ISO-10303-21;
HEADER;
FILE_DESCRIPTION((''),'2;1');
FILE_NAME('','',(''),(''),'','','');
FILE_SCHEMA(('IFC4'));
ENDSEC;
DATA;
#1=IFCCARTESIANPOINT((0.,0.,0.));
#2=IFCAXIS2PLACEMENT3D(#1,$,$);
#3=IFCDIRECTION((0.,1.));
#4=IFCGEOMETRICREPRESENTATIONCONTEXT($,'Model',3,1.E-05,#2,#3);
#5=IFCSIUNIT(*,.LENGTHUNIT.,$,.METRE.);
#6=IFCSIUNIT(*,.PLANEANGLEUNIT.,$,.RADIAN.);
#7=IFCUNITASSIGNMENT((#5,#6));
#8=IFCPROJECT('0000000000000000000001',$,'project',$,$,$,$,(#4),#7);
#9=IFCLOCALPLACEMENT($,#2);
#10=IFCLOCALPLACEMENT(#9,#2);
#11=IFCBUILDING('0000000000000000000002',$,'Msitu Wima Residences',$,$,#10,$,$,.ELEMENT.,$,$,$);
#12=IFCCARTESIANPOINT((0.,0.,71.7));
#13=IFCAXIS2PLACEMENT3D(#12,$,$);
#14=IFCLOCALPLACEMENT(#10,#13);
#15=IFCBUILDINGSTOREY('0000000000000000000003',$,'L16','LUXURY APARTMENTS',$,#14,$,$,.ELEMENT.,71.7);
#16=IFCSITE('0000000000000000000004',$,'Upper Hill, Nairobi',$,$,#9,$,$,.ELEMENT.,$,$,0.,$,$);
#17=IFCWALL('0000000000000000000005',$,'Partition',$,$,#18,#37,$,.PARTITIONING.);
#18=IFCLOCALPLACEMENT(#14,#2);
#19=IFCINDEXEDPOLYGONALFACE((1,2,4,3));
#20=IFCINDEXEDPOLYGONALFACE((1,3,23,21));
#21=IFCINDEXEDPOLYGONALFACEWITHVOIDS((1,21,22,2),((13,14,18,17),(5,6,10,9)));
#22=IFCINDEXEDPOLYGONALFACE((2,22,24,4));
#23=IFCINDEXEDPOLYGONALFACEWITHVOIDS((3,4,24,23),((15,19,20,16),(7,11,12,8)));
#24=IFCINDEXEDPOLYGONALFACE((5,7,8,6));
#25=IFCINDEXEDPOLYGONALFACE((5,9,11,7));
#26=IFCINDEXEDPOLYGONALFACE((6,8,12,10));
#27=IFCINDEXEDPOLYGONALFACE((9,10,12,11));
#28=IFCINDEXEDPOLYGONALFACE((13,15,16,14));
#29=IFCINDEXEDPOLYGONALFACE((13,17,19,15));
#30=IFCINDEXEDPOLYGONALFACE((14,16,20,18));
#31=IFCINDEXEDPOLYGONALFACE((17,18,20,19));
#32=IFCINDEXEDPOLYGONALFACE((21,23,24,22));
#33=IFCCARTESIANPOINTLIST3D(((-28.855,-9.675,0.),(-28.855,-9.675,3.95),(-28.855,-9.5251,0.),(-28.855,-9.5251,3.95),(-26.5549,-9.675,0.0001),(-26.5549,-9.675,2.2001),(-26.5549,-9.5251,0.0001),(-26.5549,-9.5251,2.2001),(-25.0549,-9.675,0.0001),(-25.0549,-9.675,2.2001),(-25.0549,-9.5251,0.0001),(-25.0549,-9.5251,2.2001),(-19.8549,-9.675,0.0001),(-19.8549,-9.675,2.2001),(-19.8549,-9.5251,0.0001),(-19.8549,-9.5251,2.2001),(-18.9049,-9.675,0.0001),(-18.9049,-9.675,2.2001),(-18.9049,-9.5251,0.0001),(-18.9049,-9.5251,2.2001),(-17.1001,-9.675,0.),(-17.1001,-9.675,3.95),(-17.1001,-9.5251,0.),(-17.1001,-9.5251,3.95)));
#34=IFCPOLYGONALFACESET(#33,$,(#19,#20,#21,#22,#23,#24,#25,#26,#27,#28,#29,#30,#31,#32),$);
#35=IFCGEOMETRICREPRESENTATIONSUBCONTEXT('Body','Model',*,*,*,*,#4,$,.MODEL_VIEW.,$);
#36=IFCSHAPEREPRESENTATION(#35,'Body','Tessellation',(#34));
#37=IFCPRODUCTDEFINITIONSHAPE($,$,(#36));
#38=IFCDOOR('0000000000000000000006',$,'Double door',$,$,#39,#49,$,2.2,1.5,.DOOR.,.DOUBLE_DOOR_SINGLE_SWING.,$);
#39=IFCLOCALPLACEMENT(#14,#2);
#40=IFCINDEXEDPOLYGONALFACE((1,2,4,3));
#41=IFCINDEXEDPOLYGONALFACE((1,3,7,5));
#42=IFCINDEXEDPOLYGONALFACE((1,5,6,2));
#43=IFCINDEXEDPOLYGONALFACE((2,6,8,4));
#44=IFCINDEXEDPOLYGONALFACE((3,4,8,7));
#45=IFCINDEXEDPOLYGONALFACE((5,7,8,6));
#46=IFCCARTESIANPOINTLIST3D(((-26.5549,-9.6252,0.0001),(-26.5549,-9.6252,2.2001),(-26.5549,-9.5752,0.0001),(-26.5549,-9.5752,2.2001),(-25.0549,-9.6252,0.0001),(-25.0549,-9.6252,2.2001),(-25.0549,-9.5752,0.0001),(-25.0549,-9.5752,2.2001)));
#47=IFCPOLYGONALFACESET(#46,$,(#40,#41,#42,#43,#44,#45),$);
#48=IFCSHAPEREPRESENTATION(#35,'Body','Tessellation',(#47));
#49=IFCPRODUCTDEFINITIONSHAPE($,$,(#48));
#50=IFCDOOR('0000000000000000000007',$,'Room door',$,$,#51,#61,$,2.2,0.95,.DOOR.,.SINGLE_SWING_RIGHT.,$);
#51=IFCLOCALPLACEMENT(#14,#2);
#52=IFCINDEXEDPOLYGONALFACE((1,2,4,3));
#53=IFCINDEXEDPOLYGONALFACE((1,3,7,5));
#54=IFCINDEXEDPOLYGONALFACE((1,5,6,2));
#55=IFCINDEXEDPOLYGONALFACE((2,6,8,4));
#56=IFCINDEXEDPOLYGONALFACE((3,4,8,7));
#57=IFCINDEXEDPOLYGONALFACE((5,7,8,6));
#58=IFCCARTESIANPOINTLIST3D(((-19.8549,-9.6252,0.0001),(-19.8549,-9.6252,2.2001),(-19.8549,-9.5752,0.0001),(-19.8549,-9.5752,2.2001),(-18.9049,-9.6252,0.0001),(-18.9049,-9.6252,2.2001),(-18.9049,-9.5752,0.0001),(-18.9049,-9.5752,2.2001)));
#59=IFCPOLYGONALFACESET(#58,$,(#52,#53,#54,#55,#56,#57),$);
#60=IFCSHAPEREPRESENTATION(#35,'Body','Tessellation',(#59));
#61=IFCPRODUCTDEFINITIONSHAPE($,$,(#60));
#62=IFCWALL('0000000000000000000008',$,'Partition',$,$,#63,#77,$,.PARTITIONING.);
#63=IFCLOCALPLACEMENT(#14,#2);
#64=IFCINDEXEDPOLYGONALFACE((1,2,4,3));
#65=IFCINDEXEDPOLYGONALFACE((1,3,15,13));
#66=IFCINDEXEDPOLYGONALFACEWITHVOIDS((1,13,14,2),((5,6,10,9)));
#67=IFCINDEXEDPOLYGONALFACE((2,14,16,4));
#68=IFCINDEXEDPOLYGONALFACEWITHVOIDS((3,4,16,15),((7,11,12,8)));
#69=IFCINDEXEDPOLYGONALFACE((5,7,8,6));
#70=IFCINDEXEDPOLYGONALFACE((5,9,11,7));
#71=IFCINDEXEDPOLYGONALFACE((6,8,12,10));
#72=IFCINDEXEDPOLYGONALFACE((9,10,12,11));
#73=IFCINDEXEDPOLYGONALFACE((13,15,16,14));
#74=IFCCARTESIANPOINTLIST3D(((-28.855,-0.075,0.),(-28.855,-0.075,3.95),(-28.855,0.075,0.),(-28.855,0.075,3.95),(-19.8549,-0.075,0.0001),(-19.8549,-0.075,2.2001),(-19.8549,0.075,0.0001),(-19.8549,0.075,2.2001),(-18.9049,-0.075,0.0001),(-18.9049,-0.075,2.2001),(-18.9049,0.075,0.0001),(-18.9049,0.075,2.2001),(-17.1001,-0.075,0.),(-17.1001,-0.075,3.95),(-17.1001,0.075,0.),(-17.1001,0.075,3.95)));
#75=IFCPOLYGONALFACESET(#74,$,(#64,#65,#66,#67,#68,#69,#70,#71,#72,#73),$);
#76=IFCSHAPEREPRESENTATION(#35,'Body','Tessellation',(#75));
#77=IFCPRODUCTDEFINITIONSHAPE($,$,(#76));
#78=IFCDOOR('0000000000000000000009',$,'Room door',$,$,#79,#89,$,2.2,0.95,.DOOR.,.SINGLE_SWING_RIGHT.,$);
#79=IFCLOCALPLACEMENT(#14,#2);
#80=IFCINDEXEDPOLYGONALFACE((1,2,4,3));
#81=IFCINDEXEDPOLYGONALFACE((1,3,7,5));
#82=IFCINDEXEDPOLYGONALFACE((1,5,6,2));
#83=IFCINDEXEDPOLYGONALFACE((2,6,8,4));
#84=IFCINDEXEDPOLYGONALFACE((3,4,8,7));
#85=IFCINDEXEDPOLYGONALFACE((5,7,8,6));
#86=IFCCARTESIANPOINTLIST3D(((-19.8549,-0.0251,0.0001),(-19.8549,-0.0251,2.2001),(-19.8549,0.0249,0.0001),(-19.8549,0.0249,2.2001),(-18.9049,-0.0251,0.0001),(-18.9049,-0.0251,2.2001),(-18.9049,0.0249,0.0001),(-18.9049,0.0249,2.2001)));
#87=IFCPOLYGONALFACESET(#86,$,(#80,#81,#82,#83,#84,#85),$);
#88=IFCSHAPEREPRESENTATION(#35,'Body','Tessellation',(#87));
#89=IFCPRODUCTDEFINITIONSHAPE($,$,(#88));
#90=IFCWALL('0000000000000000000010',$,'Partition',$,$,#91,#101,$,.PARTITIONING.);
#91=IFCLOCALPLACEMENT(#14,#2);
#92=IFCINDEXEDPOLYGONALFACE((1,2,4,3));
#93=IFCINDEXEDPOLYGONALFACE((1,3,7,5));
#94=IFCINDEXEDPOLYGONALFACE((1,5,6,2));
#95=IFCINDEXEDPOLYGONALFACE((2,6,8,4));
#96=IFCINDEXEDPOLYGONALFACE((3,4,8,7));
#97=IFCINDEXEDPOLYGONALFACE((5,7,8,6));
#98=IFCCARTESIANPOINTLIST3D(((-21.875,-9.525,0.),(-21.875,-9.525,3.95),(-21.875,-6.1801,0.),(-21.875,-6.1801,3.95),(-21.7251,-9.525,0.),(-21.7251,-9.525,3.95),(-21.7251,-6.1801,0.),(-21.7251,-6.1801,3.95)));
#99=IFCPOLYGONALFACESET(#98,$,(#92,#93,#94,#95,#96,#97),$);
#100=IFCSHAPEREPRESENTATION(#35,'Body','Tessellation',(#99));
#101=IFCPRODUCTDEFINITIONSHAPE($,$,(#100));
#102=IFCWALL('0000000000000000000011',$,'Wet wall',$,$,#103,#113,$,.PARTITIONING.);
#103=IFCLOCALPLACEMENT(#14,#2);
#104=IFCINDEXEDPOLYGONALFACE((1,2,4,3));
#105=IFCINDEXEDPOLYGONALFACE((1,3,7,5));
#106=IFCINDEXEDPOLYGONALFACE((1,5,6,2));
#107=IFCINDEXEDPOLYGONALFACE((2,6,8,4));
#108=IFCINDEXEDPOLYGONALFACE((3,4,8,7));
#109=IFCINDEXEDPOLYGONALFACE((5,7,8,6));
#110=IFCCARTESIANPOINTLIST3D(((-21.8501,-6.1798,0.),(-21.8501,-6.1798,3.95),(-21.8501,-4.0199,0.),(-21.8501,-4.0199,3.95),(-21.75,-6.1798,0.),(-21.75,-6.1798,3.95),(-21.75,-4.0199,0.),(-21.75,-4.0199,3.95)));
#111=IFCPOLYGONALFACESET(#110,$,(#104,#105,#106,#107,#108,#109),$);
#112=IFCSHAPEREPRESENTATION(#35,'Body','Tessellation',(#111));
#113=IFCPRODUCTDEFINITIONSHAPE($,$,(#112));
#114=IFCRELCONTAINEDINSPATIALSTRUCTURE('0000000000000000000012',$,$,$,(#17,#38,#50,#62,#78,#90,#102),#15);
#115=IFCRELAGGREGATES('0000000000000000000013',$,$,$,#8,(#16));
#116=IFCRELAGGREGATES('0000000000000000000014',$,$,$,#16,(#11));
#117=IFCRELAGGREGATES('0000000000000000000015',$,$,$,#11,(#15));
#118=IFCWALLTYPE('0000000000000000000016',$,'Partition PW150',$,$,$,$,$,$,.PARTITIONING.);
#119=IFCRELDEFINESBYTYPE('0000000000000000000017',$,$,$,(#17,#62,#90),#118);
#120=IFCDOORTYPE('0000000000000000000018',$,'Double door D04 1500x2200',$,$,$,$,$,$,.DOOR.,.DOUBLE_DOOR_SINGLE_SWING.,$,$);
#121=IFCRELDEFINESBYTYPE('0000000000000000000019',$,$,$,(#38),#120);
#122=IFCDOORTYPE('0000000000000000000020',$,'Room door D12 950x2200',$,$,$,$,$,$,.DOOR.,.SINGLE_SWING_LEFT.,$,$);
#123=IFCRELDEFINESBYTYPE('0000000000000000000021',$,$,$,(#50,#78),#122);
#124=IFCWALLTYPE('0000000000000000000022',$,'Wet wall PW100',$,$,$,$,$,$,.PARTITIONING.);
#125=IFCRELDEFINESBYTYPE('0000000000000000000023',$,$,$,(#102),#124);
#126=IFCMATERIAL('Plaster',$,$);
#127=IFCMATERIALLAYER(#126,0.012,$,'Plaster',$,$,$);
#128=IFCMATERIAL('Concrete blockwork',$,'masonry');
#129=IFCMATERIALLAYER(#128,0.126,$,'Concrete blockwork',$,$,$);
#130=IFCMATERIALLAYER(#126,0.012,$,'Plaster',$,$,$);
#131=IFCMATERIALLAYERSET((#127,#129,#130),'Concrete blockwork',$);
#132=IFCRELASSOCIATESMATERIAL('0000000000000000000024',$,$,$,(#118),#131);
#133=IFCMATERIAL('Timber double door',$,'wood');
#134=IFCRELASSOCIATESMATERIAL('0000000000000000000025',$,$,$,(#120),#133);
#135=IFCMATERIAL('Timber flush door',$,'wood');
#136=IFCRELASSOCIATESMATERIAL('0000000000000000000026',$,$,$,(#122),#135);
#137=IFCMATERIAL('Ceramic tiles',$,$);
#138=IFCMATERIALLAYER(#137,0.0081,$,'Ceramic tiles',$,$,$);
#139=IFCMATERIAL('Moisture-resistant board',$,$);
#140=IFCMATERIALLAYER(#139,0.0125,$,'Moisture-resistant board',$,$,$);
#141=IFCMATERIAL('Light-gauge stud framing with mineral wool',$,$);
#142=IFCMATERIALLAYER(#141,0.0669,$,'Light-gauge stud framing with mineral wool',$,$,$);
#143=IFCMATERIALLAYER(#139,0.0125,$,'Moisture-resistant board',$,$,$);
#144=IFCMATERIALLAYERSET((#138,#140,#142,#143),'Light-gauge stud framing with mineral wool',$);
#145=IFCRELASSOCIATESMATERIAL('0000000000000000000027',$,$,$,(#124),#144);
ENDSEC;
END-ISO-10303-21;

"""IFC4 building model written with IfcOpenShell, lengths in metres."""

from ifc_helpers import new_model, si_unit, direction, frame, frame_2d, origin, place, context, subcontext, project, spatial, rectangle, extrude, material, layer, layer_set, type_object, element, fill, save


model = new_model("IFC4")

# Units and contexts
model_context = context("Model", 3, precision=1e-05, world=origin(), true_north=direction((0.0, 1.0)))
body_context = subcontext(model_context, "Body", "Model", "MODEL_VIEW")
ifc_project = project(units=[si_unit("LENGTHUNIT", "METRE"), si_unit("PLANEANGLEUNIT", "RADIAN")], contexts=[model_context])

# Site, building, storey
site_placement = place(None, origin())
site = spatial("IfcSite", under=ifc_project, at=site_placement, Name="Upper Hill, Nairobi", CompositionType="ELEMENT", RefElevation=0.0)
building_placement = place(site_placement, origin())
building = spatial("IfcBuilding", under=site, at=building_placement, Name="Msitu Wima Residences", CompositionType="ELEMENT")
storey_placement = place(building_placement, frame((0.0, 0.0, 71.7)))
storey = spatial("IfcBuildingStorey", under=building, at=storey_placement, Name="L16", Description="LUXURY APARTMENTS", CompositionType="ELEMENT", Elevation=71.7)

# Wall, openings, doors
ifc_material_1 = material(Name="Plaster")
ifc_layer_1 = layer(ifc_material_1, 0.012, Name="Plaster")
ifc_material_2 = material(Name="Concrete blockwork", Category="masonry")
ifc_layer_2 = layer(ifc_material_2, 0.126, Name="Concrete blockwork")
ifc_layer_3 = layer(ifc_material_1, 0.012, Name="Plaster")
ifc_layer_set_1 = layer_set([ifc_layer_1, ifc_layer_2, ifc_layer_3], Name="Concrete blockwork")
wall_type_1 = type_object("IfcWallType", Name="Partition PW150", PredefinedType="PARTITIONING", material=ifc_layer_set_1)
wall_1_placement = place(storey_placement, frame((-28.855, -9.6001, 0.0), z_axis=(0.0, 0.0, 1.0), x_axis=(1.0, 0.0, 0.0)))
wall_1 = element("IfcWall", 1, at=wall_1_placement, inside=storey, type_object=wall_type_1, Name="Partition", PredefinedType="PARTITIONING", context=body_context, shape_type="SweptSolid", body=[
    extrude(rectangle(XDim=11.7549, YDim=0.1499, at=frame_2d((5.8774, 0.0))), origin(), (0.0, 0.0, 1.0), 3.95),
])
opening_1_placement = place(wall_1_placement, frame((2.3, 0.0, 0.0)))
opening_1 = element("IfcOpeningElement", 2, at=opening_1_placement, cuts=wall_1, PredefinedType="OPENING", context=body_context, shape_type="SweptSolid", body=[
    extrude(rectangle(XDim=1.5, YDim=2.2, at=frame_2d((0.75, 1.1001))), frame((0.0, 0.085, 0.0), z_axis=(0.0, -1.0, 0.0), x_axis=(1.0, 0.0, 0.0)), (0.0, 0.0, 1.0), 0.1699),
])
opening_2_placement = place(wall_1_placement, frame((9.0, 0.0, 0.0)))
opening_2 = element("IfcOpeningElement", 3, at=opening_2_placement, cuts=wall_1, PredefinedType="OPENING", context=body_context, shape_type="SweptSolid", body=[
    extrude(rectangle(XDim=0.95, YDim=2.2, at=frame_2d((0.4751, 1.1001))), frame((0.0, 0.085, 0.0), z_axis=(0.0, -1.0, 0.0), x_axis=(1.0, 0.0, 0.0)), (0.0, 0.0, 1.0), 0.1699),
])
ifc_material_3 = material(Name="Timber double door", Category="wood")
door_type_1 = type_object("IfcDoorType", Name="Double door D04 1500x2200", OperationType="DOUBLE_DOOR_SINGLE_SWING", PredefinedType="DOOR", material=ifc_material_3)
door_1_placement = place(opening_1_placement, origin())
door_1 = element("IfcDoor", 4, at=door_1_placement, inside=storey, type_object=door_type_1, Name="Double door", OperationType="DOUBLE_DOOR_SINGLE_SWING", OverallHeight=2.2, OverallWidth=1.5, PredefinedType="DOOR", context=body_context, shape_type="SweptSolid", body=[
    extrude(rectangle(XDim=1.5, YDim=2.2, at=frame_2d((0.75, 1.1001))), frame((0.0, 0.0249, 0.0), z_axis=(0.0, -1.0, 0.0), x_axis=(1.0, 0.0, 0.0)), (0.0, 0.0, 1.0), 0.05),
])
fill(opening_1, door_1)
ifc_material_4 = material(Name="Timber flush door", Category="wood")
door_type_2 = type_object("IfcDoorType", Name="Room door D12 950x2200", OperationType="SINGLE_SWING_LEFT", PredefinedType="DOOR", material=ifc_material_4)
door_2_placement = place(opening_2_placement, origin())
door_2 = element("IfcDoor", 5, at=door_2_placement, inside=storey, type_object=door_type_2, Name="Room door", OperationType="SINGLE_SWING_RIGHT", OverallHeight=2.2, OverallWidth=0.95, PredefinedType="DOOR", context=body_context, shape_type="SweptSolid", body=[
    extrude(rectangle(XDim=0.95, YDim=2.2, at=frame_2d((0.4751, 1.1001))), frame((0.0, 0.0249, 0.0), z_axis=(0.0, -1.0, 0.0), x_axis=(1.0, 0.0, 0.0)), (0.0, 0.0, 1.0), 0.05),
])
fill(opening_2, door_2)

# Wall, opening, door
wall_2_placement = place(storey_placement, frame((-28.855, 0.0, 0.0), z_axis=(0.0, 0.0, 1.0), x_axis=(1.0, 0.0, 0.0)))
wall_2 = element("IfcWall", 6, at=wall_2_placement, inside=storey, type_object=wall_type_1, Name="Partition", PredefinedType="PARTITIONING", context=body_context, shape_type="SweptSolid", body=[
    extrude(rectangle(XDim=11.7549, YDim=0.1499, at=frame_2d((5.8774, 0.0))), origin(), (0.0, 0.0, 1.0), 3.95),
])
opening_3_placement = place(wall_2_placement, frame((9.0, 0.0, 0.0)))
opening_3 = element("IfcOpeningElement", 7, at=opening_3_placement, cuts=wall_2, PredefinedType="OPENING", context=body_context, shape_type="SweptSolid", body=[
    extrude(rectangle(XDim=0.95, YDim=2.2, at=frame_2d((0.4751, 1.1001))), frame((0.0, 0.085, 0.0), z_axis=(0.0, -1.0, 0.0), x_axis=(1.0, 0.0, 0.0)), (0.0, 0.0, 1.0), 0.1699),
])
door_3_placement = place(opening_3_placement, origin())
door_3 = element("IfcDoor", 8, at=door_3_placement, inside=storey, type_object=door_type_2, Name="Room door", OperationType="SINGLE_SWING_RIGHT", OverallHeight=2.2, OverallWidth=0.95, PredefinedType="DOOR", context=body_context, shape_type="SweptSolid", body=[
    extrude(rectangle(XDim=0.95, YDim=2.2, at=frame_2d((0.4751, 1.1001))), frame((0.0, 0.0249, 0.0), z_axis=(0.0, -1.0, 0.0), x_axis=(1.0, 0.0, 0.0)), (0.0, 0.0, 1.0), 0.05),
])
fill(opening_3, door_3)

# Walls
wall_3_placement = place(storey_placement, frame((-21.8, -9.5249, 0.0), z_axis=(0.0, 0.0, 1.0), x_axis=(0.0, 1.0, 0.0)))
element("IfcWall", 9, at=wall_3_placement, inside=storey, type_object=wall_type_1, Name="Partition", PredefinedType="PARTITIONING", context=body_context, shape_type="SweptSolid", body=[
    extrude(rectangle(XDim=3.345, YDim=0.1499, at=frame_2d((1.6724, 0.0))), origin(), (0.0, 0.0, 1.0), 3.95),
])
ifc_material_5 = material(Name="Ceramic tiles")
ifc_layer_4 = layer(ifc_material_5, 0.0081, Name="Ceramic tiles")
ifc_material_6 = material(Name="Moisture-resistant board")
ifc_layer_5 = layer(ifc_material_6, 0.0125, Name="Moisture-resistant board")
ifc_material_7 = material(Name="Light-gauge stud framing with mineral wool")
ifc_layer_6 = layer(ifc_material_7, 0.0669, Name="Light-gauge stud framing with mineral wool")
ifc_layer_7 = layer(ifc_material_6, 0.0125, Name="Moisture-resistant board")
ifc_layer_set_2 = layer_set([ifc_layer_4, ifc_layer_5, ifc_layer_6, ifc_layer_7], Name="Light-gauge stud framing with mineral wool")
wall_type_2 = type_object("IfcWallType", Name="Wet wall PW100", PredefinedType="PARTITIONING", material=ifc_layer_set_2)
wall_4_placement = place(storey_placement, frame((-21.8, -6.1799, 0.0), z_axis=(0.0, 0.0, 1.0), x_axis=(0.0, 1.0, 0.0)))
element("IfcWall", 10, at=wall_4_placement, inside=storey, type_object=wall_type_2, Name="Wet wall", PredefinedType="PARTITIONING", context=body_context, shape_type="SweptSolid", body=[
    extrude(rectangle(XDim=2.1599, YDim=0.1001, at=frame_2d((1.0801, 0.0))), origin(), (0.0, 0.0, 1.0), 3.95),
])

save(model, "model.ifc")
